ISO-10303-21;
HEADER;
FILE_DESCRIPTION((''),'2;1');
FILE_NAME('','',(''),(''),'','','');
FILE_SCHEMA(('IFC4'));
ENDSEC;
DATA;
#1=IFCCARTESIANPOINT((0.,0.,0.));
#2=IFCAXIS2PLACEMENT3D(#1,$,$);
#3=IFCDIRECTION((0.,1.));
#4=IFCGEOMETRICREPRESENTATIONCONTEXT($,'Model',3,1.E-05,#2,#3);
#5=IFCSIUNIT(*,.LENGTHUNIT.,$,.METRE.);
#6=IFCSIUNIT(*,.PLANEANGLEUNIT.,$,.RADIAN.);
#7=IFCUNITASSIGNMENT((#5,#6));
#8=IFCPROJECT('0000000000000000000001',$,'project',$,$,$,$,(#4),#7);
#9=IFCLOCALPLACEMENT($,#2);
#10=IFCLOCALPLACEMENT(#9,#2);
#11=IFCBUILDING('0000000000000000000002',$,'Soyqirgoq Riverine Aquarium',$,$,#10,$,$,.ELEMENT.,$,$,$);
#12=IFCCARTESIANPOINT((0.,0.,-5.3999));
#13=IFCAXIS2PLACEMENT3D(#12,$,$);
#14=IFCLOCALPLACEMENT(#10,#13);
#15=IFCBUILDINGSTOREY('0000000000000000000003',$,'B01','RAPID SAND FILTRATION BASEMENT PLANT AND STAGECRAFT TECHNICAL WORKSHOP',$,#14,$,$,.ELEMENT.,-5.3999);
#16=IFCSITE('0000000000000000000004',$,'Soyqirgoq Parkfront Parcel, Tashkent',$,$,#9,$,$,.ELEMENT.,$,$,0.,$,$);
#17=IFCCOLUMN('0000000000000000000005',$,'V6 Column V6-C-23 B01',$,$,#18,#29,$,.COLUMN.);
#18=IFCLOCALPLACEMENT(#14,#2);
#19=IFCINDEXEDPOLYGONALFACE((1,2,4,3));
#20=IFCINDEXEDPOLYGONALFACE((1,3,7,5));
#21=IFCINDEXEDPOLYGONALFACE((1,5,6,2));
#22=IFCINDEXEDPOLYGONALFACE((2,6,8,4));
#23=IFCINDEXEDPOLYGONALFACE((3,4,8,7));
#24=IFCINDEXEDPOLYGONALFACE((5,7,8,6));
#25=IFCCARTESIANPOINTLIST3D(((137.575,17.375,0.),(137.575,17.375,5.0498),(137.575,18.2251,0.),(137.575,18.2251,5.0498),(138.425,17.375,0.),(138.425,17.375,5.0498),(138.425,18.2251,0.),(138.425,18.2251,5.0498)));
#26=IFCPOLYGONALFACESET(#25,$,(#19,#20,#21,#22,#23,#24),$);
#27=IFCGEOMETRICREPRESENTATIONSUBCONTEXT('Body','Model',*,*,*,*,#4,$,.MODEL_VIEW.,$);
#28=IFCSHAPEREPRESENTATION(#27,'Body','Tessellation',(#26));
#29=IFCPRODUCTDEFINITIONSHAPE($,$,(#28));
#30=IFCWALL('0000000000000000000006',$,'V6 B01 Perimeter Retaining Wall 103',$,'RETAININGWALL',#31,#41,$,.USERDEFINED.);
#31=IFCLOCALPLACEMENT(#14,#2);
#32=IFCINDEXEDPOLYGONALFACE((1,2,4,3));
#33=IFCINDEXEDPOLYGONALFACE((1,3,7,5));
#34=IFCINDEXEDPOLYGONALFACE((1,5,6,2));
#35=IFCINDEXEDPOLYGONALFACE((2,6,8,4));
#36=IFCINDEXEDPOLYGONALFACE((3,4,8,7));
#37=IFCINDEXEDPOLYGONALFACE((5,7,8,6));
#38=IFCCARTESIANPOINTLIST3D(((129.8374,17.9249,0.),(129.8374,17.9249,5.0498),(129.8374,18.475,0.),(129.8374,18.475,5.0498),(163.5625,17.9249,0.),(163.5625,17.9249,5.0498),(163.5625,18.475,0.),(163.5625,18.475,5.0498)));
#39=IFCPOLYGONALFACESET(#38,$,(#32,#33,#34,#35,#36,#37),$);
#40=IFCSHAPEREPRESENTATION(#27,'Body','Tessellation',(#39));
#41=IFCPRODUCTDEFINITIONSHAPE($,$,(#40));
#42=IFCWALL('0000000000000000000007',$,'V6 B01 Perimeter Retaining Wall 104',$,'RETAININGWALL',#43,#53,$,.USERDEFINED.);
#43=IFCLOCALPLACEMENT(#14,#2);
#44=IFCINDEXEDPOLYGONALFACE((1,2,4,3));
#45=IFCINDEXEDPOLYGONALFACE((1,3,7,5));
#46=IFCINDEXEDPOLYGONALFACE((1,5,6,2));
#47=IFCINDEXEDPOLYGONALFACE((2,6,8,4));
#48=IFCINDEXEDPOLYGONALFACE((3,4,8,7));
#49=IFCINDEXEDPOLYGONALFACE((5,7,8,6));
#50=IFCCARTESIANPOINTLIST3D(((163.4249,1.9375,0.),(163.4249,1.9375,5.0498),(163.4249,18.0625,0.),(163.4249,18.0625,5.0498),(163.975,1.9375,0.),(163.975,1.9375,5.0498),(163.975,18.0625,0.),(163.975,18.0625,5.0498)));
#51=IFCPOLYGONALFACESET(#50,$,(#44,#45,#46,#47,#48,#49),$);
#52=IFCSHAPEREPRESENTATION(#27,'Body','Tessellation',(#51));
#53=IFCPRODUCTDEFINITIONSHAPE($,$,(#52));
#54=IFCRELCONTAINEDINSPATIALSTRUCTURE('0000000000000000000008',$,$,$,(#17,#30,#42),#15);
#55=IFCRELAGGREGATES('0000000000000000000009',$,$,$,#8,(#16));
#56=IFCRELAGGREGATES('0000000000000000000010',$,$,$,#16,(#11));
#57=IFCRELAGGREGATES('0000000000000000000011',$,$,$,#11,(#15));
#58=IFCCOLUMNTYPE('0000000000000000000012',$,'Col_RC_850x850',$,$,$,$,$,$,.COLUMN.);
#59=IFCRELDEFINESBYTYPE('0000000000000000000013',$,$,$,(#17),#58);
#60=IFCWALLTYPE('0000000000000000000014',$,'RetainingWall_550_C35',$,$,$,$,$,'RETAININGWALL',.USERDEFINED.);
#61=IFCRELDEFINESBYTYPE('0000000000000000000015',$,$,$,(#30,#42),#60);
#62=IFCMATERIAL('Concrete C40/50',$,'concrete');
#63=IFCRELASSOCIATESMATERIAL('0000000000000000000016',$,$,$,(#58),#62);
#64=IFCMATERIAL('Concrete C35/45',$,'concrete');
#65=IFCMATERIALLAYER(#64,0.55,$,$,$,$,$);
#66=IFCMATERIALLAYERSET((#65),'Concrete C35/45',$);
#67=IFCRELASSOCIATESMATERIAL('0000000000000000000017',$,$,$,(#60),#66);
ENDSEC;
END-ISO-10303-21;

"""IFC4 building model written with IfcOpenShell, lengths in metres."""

from ifc_helpers import new_model, si_unit, direction, frame, frame_2d, origin, origin_2d, place, context, subcontext, project, spatial, rectangle, extrude, material, layer, layer_set, material_profile, profile_set, type_object, element, save


model = new_model("IFC4")

# Units and contexts
model_context = context("Model", 3, precision=1e-05, world=origin(), true_north=direction((0.0, 1.0)))
body_context = subcontext(model_context, "Body", "Model", "MODEL_VIEW")
ifc_project = project(units=[si_unit("LENGTHUNIT", "METRE"), si_unit("PLANEANGLEUNIT", "RADIAN")], contexts=[model_context])

# Site, building, storey
site_placement = place(None, origin())
site = spatial("IfcSite", under=ifc_project, at=site_placement, Name="Soyqirgoq Parkfront Parcel, Tashkent", CompositionType="ELEMENT", RefElevation=0.0)
building_placement = place(site_placement, origin())
building = spatial("IfcBuilding", under=site, at=building_placement, Name="Soyqirgoq Riverine Aquarium", CompositionType="ELEMENT")
storey_placement = place(building_placement, frame((0.0, 0.0, -5.3999)))
storey = spatial("IfcBuildingStorey", under=building, at=storey_placement, Name="B01", Description="RAPID SAND FILTRATION BASEMENT PLANT AND STAGECRAFT TECHNICAL WORKSHOP", CompositionType="ELEMENT", Elevation=-5.3999)

# Column
ifc_material_1 = material(Name="Concrete C40/50", Category="concrete")
ifc_material_profile_1 = material_profile(ifc_material_1, rectangle(XDim=0.8501, YDim=0.8501, at=origin_2d()), Name="RC 850x850")
ifc_profile_set_1 = profile_set([ifc_material_profile_1], Name="Concrete C40/50")
column_type_1 = type_object("IfcColumnType", Name="Col_RC_850x850", PredefinedType="COLUMN", material=ifc_profile_set_1)
column_1_placement = place(storey_placement, frame((138.0, 17.8, 0.0), z_axis=(0.0, 0.0, 1.0), x_axis=(1.0, 0.0, 0.0)))
element("IfcColumn", 1, at=column_1_placement, inside=storey, type_object=column_type_1, Name="V6 Column V6-C-23 B01", PredefinedType="COLUMN", context=body_context, shape_type="SweptSolid", body=[
    extrude(rectangle(XDim=0.8501, YDim=0.8501, at=origin_2d()), origin(), (0.0, 0.0, 1.0), 5.0498),
])

# Walls
ifc_material_2 = material(Name="Concrete C35/45", Category="concrete")
ifc_layer = layer(ifc_material_2, 0.55)
ifc_layer_set = layer_set([ifc_layer], Name="Concrete C35/45")
wall_type = type_object("IfcWallType", Name="RetainingWall_550_C35", ElementType="RETAININGWALL", PredefinedType="USERDEFINED", material=ifc_layer_set)
wall_1_placement = place(storey_placement, frame((129.8374, 18.2, 0.0), z_axis=(0.0, 0.0, 1.0), x_axis=(1.0, 0.0, 0.0)))
element("IfcWall", 2, at=wall_1_placement, inside=storey, type_object=wall_type, Name="V6 B01 Perimeter Retaining Wall 103", ObjectType="RETAININGWALL", PredefinedType="USERDEFINED", context=body_context, shape_type="SweptSolid", body=[
    extrude(rectangle(XDim=33.7251, YDim=0.55, at=frame_2d((16.8625, 0.0))), origin(), (0.0, 0.0, 1.0), 5.0498),
])
wall_2_placement = place(storey_placement, frame((163.7, 18.0625, 0.0), z_axis=(0.0, 0.0, 1.0), x_axis=(0.0, -1.0, 0.0)))
element("IfcWall", 3, at=wall_2_placement, inside=storey, type_object=wall_type, Name="V6 B01 Perimeter Retaining Wall 104", ObjectType="RETAININGWALL", PredefinedType="USERDEFINED", context=body_context, shape_type="SweptSolid", body=[
    extrude(rectangle(XDim=16.125, YDim=0.55, at=frame_2d((8.0625, 0.0))), origin(), (0.0, 0.0, 1.0), 5.0498),
])

save(model, "model.ifc")
